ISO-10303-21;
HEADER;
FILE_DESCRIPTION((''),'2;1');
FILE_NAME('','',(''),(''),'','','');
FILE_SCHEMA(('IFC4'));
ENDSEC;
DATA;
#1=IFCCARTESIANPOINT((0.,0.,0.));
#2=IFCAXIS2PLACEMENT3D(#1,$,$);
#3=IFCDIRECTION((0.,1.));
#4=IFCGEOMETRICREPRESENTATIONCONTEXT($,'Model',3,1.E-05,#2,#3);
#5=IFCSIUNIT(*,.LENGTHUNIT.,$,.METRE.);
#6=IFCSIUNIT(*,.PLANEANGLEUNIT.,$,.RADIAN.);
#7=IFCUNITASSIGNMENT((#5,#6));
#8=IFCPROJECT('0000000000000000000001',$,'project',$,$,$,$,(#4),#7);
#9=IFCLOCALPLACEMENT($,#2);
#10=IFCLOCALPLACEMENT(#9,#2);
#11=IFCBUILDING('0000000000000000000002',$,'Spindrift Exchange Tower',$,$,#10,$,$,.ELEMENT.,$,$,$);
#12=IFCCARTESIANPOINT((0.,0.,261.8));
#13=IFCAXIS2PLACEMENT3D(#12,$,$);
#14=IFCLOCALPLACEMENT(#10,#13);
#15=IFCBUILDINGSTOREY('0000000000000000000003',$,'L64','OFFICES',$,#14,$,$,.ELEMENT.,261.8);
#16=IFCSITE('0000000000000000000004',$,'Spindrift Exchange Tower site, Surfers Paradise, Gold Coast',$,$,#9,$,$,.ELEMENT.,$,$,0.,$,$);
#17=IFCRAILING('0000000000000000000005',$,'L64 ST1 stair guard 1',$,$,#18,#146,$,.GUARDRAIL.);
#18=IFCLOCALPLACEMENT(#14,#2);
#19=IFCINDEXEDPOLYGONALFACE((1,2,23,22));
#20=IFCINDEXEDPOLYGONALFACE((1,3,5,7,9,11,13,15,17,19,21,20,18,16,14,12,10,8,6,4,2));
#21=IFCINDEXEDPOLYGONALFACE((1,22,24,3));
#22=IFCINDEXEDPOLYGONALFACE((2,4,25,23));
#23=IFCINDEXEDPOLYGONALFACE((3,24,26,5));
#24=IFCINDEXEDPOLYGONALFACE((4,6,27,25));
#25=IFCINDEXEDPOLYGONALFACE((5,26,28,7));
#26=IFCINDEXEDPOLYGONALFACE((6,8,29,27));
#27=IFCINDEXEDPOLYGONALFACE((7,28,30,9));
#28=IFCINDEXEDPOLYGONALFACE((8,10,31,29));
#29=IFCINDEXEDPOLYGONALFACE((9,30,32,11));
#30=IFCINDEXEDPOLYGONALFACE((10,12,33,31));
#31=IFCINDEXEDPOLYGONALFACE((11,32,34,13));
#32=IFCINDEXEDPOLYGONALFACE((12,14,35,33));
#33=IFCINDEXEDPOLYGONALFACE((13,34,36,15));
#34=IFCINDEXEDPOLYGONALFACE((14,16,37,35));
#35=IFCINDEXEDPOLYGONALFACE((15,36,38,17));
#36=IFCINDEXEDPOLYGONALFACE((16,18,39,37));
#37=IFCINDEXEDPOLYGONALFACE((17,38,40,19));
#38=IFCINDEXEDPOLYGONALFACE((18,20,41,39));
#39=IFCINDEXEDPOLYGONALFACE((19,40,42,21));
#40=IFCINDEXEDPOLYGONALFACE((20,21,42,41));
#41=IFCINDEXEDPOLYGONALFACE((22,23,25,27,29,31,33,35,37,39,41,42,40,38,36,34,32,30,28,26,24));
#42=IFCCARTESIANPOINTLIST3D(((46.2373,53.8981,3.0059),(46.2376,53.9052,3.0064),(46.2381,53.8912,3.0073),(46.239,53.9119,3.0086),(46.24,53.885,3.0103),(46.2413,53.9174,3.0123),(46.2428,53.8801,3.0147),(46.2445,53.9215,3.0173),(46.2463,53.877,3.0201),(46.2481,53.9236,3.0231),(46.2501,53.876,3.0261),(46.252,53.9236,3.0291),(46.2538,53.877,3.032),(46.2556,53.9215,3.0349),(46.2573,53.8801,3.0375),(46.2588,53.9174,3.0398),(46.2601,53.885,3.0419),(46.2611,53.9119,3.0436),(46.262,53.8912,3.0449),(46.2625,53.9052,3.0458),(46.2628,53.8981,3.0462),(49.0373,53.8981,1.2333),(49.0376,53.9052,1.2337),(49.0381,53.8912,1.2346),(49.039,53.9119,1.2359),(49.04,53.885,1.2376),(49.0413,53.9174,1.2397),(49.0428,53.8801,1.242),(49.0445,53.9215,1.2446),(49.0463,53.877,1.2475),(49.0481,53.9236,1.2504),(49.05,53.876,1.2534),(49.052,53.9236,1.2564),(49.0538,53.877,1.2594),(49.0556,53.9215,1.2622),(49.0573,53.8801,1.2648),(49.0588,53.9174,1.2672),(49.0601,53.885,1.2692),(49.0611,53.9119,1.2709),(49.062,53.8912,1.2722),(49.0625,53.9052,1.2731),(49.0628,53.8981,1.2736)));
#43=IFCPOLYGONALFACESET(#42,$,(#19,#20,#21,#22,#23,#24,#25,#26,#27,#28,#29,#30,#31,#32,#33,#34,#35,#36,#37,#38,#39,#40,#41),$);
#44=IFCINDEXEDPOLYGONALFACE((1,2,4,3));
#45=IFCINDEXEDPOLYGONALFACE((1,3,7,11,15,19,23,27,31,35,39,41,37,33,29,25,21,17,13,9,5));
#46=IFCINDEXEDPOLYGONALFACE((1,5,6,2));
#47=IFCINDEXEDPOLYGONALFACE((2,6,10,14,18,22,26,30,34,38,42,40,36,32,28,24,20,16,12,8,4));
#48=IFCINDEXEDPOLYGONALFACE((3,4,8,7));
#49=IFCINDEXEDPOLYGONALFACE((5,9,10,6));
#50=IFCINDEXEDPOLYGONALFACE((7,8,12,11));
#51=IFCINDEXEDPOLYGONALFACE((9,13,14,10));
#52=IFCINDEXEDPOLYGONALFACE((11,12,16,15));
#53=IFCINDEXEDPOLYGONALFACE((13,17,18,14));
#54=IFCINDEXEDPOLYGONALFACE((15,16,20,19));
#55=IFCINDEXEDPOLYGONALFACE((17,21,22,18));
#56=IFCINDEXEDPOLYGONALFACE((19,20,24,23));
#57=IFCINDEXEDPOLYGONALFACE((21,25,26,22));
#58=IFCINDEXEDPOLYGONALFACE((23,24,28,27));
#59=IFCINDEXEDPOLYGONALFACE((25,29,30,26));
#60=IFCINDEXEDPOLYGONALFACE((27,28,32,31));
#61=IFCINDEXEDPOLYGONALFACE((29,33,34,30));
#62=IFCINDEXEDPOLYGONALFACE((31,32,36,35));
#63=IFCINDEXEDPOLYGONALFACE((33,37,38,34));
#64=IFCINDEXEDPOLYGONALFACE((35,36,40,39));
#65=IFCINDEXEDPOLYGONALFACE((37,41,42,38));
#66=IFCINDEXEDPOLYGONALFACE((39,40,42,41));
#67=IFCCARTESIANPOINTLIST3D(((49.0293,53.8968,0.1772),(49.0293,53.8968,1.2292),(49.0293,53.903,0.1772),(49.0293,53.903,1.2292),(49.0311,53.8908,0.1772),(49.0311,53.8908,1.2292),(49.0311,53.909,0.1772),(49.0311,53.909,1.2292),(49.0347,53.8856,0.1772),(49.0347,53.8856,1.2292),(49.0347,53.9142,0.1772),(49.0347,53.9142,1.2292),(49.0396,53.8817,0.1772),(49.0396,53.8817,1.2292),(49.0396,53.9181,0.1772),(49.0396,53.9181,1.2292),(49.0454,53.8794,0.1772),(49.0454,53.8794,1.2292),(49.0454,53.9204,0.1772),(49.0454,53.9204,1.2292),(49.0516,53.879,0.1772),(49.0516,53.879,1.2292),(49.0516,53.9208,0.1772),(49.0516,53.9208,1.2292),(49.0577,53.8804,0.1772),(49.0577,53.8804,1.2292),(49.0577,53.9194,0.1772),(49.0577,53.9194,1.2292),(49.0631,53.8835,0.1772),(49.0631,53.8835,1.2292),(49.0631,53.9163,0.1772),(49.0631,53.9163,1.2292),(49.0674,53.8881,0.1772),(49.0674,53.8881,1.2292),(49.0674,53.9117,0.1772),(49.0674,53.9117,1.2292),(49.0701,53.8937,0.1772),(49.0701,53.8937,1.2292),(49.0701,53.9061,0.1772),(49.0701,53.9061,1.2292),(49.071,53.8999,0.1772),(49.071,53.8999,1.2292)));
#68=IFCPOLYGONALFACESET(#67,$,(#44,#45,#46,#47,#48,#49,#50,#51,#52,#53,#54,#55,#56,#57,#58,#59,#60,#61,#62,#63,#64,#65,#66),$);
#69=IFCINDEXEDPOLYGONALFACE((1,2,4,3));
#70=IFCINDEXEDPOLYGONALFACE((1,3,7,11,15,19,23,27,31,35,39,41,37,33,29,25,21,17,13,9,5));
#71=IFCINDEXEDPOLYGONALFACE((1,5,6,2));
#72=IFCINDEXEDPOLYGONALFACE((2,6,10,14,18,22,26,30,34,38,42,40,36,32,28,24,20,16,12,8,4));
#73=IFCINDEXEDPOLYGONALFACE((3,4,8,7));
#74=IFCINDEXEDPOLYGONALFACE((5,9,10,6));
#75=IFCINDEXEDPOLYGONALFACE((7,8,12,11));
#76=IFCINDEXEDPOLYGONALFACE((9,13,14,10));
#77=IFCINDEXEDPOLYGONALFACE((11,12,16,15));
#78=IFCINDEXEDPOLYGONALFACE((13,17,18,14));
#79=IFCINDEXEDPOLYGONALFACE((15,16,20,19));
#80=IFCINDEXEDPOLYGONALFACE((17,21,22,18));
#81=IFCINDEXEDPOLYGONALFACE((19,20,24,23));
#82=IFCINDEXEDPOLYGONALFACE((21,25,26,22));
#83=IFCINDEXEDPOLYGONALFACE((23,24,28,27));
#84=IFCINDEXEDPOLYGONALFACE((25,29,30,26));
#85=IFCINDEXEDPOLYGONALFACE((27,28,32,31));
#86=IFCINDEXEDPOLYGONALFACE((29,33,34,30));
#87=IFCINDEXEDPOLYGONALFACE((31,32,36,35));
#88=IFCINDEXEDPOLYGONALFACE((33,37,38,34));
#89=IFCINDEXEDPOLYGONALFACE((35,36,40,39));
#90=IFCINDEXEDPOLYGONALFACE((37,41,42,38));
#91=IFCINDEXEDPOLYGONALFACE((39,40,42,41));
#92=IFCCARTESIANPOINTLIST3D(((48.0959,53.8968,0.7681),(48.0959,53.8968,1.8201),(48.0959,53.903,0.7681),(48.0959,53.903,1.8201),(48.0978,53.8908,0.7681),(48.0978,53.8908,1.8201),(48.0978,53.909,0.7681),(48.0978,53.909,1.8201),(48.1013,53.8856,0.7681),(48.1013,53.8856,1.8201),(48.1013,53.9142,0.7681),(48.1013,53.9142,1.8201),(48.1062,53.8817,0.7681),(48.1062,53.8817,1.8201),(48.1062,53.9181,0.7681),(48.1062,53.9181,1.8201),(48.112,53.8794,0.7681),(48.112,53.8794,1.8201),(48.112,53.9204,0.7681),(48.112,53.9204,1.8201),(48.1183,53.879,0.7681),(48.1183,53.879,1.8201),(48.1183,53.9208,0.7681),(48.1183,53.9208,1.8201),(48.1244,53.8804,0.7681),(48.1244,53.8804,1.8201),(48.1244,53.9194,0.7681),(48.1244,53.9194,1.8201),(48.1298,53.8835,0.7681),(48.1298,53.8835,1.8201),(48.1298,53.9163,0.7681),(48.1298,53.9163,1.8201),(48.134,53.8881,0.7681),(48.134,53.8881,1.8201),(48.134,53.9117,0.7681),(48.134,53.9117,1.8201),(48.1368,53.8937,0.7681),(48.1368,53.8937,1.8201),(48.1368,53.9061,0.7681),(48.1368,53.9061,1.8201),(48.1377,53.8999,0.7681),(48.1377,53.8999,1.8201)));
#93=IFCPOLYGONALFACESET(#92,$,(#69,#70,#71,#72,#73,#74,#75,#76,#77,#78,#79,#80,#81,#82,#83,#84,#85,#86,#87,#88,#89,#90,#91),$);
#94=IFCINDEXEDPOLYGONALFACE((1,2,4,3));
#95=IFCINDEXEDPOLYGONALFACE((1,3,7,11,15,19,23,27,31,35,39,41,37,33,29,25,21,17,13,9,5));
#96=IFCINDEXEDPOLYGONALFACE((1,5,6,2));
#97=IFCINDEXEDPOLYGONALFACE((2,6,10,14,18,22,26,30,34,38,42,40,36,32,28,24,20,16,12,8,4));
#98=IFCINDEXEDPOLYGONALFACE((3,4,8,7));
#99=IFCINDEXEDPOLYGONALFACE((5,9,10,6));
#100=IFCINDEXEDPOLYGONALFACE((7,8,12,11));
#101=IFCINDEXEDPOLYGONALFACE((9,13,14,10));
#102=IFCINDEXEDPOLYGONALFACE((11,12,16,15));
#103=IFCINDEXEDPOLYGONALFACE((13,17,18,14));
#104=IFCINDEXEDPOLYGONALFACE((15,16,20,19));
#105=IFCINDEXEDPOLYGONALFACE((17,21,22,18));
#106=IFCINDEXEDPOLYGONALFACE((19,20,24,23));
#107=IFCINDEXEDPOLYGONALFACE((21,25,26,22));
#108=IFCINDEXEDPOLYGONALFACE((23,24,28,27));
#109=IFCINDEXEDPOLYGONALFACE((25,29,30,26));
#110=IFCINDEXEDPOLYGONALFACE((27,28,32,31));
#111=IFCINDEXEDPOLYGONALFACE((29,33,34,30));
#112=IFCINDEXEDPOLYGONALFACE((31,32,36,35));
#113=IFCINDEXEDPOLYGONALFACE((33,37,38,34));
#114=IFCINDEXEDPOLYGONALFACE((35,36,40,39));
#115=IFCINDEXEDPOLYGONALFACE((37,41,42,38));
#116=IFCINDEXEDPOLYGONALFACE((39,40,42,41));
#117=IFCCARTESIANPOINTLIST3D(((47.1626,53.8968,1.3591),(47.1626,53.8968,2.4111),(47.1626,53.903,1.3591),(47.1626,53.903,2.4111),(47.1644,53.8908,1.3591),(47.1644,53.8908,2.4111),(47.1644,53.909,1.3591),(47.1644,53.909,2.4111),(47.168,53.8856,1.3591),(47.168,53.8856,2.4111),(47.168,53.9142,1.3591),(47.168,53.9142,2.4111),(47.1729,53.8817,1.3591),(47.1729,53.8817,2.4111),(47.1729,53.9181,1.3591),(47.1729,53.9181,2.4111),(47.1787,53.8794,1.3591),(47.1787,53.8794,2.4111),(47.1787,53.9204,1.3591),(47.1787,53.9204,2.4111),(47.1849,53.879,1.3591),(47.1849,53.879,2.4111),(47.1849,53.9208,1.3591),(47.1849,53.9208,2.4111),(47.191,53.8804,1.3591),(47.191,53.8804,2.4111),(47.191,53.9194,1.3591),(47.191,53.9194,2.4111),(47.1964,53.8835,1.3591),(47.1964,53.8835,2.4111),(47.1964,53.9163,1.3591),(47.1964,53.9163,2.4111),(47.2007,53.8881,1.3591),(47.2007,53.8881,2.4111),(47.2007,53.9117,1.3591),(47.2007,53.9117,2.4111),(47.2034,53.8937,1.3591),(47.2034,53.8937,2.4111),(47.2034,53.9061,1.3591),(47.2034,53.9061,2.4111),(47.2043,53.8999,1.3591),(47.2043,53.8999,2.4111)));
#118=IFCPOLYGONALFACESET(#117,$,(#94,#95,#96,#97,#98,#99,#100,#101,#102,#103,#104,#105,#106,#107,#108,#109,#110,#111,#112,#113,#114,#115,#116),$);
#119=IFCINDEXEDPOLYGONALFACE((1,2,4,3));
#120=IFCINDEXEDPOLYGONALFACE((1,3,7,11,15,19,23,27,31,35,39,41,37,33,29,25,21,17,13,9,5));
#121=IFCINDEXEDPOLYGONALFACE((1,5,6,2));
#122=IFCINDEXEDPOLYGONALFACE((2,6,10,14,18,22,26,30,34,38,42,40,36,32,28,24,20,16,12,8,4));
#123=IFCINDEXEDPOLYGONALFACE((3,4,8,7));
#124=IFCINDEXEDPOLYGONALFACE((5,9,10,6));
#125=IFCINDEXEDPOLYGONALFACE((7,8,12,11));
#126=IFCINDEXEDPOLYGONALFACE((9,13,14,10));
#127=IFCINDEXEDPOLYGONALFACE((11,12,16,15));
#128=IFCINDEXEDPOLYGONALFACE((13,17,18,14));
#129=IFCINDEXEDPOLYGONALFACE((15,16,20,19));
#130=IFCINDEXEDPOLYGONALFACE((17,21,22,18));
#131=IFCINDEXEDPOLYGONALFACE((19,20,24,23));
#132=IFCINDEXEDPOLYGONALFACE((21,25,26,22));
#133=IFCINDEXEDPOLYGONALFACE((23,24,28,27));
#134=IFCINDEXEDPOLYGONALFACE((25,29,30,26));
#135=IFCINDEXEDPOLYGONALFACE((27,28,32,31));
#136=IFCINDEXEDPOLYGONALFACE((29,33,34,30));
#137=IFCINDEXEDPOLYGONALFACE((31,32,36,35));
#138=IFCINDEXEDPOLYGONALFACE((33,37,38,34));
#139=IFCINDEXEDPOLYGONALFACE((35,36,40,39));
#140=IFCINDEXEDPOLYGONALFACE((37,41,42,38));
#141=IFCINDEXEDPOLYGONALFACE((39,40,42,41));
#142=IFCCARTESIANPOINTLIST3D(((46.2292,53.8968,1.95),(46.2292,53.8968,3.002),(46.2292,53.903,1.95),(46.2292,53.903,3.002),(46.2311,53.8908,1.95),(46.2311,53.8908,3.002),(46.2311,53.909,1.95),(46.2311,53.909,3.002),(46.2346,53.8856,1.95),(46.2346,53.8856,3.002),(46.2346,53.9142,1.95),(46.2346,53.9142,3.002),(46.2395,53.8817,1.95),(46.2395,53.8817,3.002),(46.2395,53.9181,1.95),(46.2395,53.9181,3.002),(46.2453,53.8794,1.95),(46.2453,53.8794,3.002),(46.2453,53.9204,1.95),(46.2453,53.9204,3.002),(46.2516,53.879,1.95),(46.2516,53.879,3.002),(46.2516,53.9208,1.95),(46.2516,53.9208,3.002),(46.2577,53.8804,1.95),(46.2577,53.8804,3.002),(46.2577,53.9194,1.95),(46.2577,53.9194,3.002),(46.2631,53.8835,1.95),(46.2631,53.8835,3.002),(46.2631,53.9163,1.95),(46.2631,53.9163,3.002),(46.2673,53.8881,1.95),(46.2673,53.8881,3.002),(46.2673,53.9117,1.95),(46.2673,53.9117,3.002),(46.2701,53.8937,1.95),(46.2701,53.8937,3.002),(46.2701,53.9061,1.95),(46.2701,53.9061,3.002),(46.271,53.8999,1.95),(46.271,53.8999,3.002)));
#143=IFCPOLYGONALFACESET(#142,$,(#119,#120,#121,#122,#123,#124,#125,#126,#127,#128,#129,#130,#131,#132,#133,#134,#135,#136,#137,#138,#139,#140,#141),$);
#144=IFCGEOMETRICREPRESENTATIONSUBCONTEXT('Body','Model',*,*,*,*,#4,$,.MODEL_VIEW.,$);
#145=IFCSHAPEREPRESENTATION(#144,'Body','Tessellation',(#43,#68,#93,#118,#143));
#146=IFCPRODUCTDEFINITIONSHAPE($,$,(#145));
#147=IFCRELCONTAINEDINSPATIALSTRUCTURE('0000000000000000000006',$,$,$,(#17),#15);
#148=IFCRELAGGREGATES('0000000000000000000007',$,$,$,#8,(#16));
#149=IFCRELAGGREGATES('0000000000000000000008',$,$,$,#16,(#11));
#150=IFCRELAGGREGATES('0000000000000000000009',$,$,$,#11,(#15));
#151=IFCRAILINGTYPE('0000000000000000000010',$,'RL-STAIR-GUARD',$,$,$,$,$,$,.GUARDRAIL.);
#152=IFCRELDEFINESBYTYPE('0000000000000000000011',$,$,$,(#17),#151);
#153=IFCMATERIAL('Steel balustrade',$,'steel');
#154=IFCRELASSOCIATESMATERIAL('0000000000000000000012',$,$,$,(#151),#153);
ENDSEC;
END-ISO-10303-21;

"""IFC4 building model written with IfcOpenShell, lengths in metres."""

from ifc_helpers import new_model, si_unit, direction, frame, origin, origin_2d, place, context, subcontext, project, spatial, circle, extrude, material, type_object, element, save


model = new_model("IFC4")

# Units and contexts
model_context = context("Model", 3, precision=1e-05, world=origin(), true_north=direction((0.0, 1.0)))
body_context = subcontext(model_context, "Body", "Model", "MODEL_VIEW")
ifc_project = project(units=[si_unit("LENGTHUNIT", "METRE"), si_unit("PLANEANGLEUNIT", "RADIAN")], contexts=[model_context])

# Site, building, storey
site_placement = place(None, origin())
site = spatial("IfcSite", under=ifc_project, at=site_placement, Name="Spindrift Exchange Tower site, Surfers Paradise, Gold Coast", CompositionType="ELEMENT", RefElevation=0.0)
building_placement = place(site_placement, origin())
building = spatial("IfcBuilding", under=site, at=building_placement, Name="Spindrift Exchange Tower", CompositionType="ELEMENT")
storey_placement = place(building_placement, frame((0.0, 0.0, 261.8)))
storey = spatial("IfcBuildingStorey", under=building, at=storey_placement, Name="L64", Description="OFFICES", CompositionType="ELEMENT", Elevation=261.8)

# Railing
ifc_material_1 = material(Name="Steel balustrade", Category="steel")
railing_type_1 = type_object("IfcRailingType", Name="RL-STAIR-GUARD", PredefinedType="GUARDRAIL", material=ifc_material_1)
railing_1_placement = place(storey_placement, frame((49.05, 53.8999, 0.1772)))
element("IfcRailing", 1, at=railing_1_placement, inside=storey, type_object=railing_type_1, Name="L64 ST1 stair guard 1", PredefinedType="GUARDRAIL", context=body_context, shape_type="SweptSolid", body=[
    extrude(circle(Radius=0.0239, at=origin_2d()), frame((0.0, 0.0, 1.0762), z_axis=(-0.844909, 0.0, 0.53491), x_axis=(0.0, -1.0, 0.0)), (0.0, 0.0, 1.0), 3.314),
    extrude(circle(Radius=0.021, at=origin_2d()), origin(), (0.0, 0.0, 1.0), 1.052),
    extrude(circle(Radius=0.021, at=origin_2d()), frame((-0.9333, 0.0, 0.5908)), (0.0, 0.0, 1.0), 1.052),
    extrude(circle(Radius=0.021, at=origin_2d()), frame((-1.8667, 0.0, 1.1819)), (0.0, 0.0, 1.0), 1.052),
    extrude(circle(Radius=0.021, at=origin_2d()), frame((-2.8, 0.0, 1.7727)), (0.0, 0.0, 1.0), 1.052),
])

save(model, "model.ifc")
